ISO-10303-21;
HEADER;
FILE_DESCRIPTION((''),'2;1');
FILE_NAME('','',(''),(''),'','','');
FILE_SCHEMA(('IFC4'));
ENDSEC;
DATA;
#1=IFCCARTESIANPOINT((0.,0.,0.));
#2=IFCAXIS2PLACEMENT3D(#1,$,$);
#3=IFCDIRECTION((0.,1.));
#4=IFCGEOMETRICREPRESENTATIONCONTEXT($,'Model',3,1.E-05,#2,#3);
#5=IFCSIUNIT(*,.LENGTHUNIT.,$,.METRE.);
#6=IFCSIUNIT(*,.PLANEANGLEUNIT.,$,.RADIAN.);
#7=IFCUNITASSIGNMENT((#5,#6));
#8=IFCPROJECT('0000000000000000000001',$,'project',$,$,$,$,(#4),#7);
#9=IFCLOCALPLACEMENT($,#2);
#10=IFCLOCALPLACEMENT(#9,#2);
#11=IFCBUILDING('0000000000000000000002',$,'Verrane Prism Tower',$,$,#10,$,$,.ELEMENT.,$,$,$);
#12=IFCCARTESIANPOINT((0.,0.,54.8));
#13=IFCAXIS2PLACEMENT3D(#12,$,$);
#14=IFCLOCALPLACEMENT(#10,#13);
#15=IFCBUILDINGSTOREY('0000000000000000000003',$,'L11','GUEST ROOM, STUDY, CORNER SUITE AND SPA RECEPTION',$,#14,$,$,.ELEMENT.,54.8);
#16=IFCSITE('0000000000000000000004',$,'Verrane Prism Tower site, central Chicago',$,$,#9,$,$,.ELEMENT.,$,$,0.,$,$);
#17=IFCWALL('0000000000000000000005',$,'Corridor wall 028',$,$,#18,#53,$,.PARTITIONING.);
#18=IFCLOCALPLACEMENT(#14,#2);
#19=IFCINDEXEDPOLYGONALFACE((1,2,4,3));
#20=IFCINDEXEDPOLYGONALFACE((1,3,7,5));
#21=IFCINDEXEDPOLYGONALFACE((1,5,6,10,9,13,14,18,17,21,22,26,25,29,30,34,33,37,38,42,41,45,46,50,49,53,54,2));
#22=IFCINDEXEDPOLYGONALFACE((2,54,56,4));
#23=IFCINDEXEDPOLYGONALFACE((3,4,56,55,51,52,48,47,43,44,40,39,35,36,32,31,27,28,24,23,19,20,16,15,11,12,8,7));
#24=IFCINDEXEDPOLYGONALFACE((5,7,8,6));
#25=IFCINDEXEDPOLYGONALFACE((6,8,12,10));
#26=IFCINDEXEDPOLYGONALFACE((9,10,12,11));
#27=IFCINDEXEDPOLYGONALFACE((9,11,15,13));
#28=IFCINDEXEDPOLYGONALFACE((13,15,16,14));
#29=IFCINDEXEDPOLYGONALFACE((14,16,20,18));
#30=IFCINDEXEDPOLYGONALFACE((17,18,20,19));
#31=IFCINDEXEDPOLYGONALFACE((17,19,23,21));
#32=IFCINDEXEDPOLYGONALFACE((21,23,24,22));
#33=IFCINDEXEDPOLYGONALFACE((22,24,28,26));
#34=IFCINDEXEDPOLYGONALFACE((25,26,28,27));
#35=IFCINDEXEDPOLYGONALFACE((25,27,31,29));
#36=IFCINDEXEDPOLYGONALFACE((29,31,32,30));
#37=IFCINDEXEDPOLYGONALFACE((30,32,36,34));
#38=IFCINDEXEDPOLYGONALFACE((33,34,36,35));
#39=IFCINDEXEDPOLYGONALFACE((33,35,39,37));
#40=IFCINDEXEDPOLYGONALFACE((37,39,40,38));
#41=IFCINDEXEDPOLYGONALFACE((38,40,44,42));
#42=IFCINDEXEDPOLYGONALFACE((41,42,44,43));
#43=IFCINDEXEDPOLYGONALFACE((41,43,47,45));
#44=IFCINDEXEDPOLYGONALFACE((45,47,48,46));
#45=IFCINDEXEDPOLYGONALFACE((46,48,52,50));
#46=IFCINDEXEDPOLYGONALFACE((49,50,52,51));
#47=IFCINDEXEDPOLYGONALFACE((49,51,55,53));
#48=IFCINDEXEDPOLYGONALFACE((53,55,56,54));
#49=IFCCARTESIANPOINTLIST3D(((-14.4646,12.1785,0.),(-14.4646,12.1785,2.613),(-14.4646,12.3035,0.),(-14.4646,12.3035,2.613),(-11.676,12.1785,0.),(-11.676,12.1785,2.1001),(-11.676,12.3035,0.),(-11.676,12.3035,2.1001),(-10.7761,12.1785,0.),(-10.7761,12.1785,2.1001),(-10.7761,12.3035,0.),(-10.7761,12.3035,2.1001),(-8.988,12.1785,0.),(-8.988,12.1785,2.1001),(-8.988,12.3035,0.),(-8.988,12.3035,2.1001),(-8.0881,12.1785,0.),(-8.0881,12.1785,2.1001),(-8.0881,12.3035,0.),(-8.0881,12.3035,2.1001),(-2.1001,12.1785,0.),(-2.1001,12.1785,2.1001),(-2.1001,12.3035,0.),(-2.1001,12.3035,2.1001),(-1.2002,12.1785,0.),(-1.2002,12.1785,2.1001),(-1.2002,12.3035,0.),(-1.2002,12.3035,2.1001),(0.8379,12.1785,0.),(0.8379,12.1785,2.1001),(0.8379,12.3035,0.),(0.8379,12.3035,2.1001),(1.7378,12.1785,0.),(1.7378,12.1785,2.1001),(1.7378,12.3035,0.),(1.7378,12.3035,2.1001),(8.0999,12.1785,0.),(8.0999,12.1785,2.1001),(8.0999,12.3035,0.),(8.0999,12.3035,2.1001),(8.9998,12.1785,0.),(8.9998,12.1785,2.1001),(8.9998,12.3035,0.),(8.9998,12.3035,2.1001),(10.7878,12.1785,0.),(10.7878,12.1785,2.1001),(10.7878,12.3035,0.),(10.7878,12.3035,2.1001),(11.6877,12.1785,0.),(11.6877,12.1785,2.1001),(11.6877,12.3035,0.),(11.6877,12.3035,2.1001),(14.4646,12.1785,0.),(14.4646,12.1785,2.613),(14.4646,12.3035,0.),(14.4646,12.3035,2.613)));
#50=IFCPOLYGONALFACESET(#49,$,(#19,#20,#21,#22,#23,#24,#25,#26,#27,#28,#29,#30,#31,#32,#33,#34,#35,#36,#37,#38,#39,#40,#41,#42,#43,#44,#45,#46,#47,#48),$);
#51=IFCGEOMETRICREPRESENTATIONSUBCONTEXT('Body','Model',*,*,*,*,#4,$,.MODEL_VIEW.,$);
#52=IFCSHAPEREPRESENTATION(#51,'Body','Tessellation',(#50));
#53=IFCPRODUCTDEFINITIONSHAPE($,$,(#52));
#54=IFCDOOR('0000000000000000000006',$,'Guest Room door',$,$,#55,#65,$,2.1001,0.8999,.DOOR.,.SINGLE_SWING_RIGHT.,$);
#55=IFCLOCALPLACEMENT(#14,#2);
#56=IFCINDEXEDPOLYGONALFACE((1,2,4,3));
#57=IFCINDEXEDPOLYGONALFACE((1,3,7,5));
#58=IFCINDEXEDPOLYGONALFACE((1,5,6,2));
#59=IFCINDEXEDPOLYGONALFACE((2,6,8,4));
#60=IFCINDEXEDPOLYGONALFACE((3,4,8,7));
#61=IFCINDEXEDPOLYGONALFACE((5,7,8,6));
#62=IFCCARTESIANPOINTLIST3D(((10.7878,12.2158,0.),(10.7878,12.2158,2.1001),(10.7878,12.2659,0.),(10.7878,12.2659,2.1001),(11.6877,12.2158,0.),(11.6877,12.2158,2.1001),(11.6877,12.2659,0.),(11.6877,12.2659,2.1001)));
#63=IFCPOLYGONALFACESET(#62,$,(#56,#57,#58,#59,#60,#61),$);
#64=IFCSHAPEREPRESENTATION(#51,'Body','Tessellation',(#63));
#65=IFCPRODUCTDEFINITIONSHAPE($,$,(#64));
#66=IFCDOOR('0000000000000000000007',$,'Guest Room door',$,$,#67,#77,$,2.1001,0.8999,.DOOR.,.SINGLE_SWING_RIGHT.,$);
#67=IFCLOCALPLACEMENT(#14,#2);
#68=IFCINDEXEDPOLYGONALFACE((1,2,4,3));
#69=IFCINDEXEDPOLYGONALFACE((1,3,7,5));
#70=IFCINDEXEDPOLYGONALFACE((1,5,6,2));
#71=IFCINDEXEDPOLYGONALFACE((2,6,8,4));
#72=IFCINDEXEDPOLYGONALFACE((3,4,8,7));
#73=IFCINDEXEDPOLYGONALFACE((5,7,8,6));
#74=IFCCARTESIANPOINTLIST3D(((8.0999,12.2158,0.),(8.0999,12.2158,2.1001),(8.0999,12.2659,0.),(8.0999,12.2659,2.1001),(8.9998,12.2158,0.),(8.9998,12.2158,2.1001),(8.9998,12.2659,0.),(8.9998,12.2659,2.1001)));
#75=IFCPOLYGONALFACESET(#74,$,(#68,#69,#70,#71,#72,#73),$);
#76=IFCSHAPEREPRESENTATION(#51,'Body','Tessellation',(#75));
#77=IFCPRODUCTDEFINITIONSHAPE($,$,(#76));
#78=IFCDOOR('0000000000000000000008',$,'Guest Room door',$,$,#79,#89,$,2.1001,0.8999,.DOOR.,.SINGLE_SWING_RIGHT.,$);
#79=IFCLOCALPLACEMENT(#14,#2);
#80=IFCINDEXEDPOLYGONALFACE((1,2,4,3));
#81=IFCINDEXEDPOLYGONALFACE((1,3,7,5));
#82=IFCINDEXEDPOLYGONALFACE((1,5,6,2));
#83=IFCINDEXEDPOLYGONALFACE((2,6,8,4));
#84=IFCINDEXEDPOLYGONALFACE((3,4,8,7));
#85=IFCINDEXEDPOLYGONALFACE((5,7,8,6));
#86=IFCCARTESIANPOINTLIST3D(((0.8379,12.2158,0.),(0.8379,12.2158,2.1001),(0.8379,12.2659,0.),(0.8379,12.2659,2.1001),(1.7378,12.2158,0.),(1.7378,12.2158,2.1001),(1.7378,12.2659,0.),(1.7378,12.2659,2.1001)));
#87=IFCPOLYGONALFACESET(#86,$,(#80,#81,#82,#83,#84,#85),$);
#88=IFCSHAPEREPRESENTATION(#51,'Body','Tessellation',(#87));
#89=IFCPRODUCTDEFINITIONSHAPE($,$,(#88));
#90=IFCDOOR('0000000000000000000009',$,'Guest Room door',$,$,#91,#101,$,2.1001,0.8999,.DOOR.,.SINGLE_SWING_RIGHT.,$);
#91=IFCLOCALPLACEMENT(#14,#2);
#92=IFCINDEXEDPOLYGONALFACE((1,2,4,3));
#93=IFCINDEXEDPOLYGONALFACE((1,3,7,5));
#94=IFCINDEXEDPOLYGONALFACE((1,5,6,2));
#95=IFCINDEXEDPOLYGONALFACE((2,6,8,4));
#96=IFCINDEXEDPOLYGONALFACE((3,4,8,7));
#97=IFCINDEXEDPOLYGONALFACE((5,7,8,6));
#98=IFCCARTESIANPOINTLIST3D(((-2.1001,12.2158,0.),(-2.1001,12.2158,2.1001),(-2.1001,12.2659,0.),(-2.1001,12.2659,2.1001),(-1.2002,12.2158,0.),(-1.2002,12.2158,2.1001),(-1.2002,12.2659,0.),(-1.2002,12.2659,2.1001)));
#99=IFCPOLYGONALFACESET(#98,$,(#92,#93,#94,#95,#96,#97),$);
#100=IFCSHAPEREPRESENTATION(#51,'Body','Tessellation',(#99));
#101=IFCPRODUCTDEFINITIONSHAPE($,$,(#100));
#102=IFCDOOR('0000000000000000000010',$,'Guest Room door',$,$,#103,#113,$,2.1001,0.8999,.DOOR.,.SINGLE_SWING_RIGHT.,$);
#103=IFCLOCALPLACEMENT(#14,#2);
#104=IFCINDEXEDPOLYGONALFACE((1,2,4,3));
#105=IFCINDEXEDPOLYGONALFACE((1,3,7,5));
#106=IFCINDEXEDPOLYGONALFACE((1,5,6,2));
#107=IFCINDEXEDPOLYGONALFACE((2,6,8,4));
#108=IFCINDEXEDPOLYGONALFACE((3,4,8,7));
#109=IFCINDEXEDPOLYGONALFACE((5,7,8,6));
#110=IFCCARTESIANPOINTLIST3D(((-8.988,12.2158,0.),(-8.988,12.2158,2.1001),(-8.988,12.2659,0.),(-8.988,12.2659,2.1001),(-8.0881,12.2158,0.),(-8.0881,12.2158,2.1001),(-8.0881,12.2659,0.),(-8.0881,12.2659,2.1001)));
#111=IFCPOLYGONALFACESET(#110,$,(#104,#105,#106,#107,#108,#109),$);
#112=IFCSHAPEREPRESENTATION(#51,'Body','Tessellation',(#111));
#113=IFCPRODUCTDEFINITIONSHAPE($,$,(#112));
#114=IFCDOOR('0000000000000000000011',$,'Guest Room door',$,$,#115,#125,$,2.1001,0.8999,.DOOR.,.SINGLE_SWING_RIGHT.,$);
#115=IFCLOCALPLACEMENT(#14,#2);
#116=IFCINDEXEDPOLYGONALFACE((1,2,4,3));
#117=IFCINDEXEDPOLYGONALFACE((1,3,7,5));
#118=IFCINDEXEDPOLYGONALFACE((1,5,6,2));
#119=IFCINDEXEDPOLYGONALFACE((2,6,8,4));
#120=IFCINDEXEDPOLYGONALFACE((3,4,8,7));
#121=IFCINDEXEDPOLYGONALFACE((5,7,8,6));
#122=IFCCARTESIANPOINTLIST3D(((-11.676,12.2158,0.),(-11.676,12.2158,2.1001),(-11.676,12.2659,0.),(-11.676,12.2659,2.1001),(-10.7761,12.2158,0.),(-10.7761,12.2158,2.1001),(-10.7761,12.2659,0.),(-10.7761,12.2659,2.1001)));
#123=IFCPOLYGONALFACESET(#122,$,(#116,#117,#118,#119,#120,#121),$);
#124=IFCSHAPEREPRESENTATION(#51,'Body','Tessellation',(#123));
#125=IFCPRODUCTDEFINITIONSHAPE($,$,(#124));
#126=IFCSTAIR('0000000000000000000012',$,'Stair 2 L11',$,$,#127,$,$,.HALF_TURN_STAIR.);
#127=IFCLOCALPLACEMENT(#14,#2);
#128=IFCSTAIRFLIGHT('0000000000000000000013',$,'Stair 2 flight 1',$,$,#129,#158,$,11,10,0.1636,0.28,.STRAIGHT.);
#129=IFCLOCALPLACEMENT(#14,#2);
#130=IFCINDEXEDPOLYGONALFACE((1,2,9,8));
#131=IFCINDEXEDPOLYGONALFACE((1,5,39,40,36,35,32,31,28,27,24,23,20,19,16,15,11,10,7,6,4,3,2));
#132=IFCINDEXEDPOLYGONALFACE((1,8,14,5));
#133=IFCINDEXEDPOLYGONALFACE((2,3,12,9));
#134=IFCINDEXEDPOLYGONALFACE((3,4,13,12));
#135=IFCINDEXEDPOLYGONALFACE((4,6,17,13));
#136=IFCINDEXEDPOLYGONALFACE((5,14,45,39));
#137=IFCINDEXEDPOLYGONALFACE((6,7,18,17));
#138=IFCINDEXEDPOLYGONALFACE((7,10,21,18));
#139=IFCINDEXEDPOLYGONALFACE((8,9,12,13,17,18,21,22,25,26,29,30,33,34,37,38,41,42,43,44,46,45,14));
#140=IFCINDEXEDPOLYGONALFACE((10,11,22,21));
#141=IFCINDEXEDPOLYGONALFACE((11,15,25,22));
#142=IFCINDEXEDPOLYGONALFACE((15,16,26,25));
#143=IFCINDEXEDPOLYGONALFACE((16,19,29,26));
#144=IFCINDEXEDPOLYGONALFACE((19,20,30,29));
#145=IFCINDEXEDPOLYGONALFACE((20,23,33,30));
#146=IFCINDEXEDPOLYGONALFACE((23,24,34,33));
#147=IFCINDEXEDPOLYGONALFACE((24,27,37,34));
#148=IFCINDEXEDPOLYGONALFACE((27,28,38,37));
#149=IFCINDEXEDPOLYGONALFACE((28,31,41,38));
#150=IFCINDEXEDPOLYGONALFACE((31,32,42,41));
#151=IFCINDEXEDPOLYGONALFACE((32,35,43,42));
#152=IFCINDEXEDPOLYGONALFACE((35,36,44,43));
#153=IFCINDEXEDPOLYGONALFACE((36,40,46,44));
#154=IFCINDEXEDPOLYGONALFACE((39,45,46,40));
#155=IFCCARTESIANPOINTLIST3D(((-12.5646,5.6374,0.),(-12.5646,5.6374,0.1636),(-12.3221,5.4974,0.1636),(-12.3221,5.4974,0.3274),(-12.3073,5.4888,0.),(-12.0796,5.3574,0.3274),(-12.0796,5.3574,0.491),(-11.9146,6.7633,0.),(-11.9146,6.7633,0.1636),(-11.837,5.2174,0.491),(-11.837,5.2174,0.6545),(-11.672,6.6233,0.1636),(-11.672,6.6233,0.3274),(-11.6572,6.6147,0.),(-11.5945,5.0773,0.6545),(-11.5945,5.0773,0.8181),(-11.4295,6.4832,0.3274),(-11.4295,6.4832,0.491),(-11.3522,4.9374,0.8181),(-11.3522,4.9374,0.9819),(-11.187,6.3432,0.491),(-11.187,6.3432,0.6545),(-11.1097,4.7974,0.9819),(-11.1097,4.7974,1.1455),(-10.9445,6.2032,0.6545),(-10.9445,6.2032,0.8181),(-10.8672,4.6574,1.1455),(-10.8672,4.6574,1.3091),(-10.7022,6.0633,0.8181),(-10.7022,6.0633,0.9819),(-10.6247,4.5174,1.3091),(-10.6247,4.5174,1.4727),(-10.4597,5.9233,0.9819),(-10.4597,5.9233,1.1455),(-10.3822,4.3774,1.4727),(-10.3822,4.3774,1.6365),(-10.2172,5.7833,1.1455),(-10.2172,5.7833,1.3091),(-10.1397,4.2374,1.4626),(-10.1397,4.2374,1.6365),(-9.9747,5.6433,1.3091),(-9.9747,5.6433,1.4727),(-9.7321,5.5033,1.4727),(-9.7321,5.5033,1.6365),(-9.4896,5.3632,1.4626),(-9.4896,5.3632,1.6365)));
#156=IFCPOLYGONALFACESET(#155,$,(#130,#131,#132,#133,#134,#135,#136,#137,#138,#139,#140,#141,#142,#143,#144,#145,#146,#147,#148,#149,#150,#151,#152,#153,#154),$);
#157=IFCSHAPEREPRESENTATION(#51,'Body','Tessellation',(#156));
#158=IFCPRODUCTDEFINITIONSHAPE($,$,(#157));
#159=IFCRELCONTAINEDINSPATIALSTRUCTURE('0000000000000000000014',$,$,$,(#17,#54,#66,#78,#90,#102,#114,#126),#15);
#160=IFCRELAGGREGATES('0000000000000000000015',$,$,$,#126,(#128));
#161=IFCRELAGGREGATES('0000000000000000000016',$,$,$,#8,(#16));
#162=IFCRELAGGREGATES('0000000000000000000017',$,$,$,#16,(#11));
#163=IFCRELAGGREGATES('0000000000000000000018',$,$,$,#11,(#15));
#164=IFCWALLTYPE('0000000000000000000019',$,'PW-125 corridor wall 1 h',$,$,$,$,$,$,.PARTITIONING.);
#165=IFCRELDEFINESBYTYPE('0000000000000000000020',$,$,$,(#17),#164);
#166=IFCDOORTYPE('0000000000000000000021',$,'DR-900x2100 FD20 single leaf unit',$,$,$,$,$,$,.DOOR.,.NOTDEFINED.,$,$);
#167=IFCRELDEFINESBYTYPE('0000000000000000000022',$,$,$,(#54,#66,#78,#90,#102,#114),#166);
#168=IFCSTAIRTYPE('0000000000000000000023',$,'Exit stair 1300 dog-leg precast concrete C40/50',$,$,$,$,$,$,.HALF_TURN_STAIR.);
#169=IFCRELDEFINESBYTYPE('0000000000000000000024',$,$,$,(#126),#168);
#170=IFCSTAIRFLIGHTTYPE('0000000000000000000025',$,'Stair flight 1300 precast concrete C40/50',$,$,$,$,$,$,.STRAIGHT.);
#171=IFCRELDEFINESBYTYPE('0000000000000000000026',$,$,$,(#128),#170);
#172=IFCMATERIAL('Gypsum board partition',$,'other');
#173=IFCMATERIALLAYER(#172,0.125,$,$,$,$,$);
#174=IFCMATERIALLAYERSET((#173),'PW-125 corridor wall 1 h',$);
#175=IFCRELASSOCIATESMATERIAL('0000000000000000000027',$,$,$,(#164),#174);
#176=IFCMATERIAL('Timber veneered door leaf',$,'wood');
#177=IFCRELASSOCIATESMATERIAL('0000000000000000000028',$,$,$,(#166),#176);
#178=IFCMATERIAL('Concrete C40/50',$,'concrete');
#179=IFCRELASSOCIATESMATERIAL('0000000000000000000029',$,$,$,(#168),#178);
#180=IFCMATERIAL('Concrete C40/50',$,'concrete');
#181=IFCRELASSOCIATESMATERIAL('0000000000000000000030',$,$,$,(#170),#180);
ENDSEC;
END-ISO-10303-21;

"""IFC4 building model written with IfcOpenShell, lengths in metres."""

from ifc_helpers import new_model, si_unit, direction, frame, frame_2d, origin, place, context, subcontext, project, spatial, polyline, rectangle, outline, extrude, material, layer, layer_set, type_object, element, fill, aggregate, save


model = new_model("IFC4")

# Units and contexts
model_context = context("Model", 3, precision=1e-05, world=origin(), true_north=direction((0.0, 1.0)))
body_context = subcontext(model_context, "Body", "Model", "MODEL_VIEW")
ifc_project = project(units=[si_unit("LENGTHUNIT", "METRE"), si_unit("PLANEANGLEUNIT", "RADIAN")], contexts=[model_context])

# Site, building, storey
site_placement = place(None, origin())
site = spatial("IfcSite", under=ifc_project, at=site_placement, Name="Verrane Prism Tower site, central Chicago", CompositionType="ELEMENT", RefElevation=0.0)
building_placement = place(site_placement, origin())
building = spatial("IfcBuilding", under=site, at=building_placement, Name="Verrane Prism Tower", CompositionType="ELEMENT")
storey_placement = place(building_placement, frame((0.0, 0.0, 54.8)))
storey = spatial("IfcBuildingStorey", under=building, at=storey_placement, Name="L11", Description="GUEST ROOM, STUDY, CORNER SUITE AND SPA RECEPTION", CompositionType="ELEMENT", Elevation=54.8)

# Wall, openings, doors
ifc_material_1 = material(Name="Gypsum board partition", Category="other")
ifc_layer_1 = layer(ifc_material_1, 0.125)
ifc_layer_set_1 = layer_set([ifc_layer_1], Name="PW-125 corridor wall 1 h")
wall_type_1 = type_object("IfcWallType", Name="PW-125 corridor wall 1 h", PredefinedType="PARTITIONING", material=ifc_layer_set_1)
wall_1_placement = place(storey_placement, frame((-14.4646, 12.241, 0.0), z_axis=(0.0, 0.0, 1.0), x_axis=(1.0, 0.0, 0.0)))
wall_1 = element("IfcWall", 1, at=wall_1_placement, inside=storey, type_object=wall_type_1, Name="Corridor wall 028", PredefinedType="PARTITIONING", context=body_context, shape_type="SweptSolid", body=[
    extrude(rectangle(XDim=28.9292, YDim=0.125, at=frame_2d((14.4646, 0.0))), origin(), (0.0, 0.0, 1.0), 2.613),
])
opening_1_placement = place(wall_1_placement, frame((25.2524, 0.0, 0.0)))
opening_1 = element("IfcOpeningElement", 2, at=opening_1_placement, cuts=wall_1, PredefinedType="OPENING", context=body_context, shape_type="SweptSolid", body=[
    extrude(rectangle(XDim=0.8999, YDim=2.1001, at=frame_2d((0.45, 1.05))), frame((0.0, 0.0725, 0.0), z_axis=(0.0, -1.0, 0.0), x_axis=(1.0, 0.0, 0.0)), (0.0, 0.0, 1.0), 0.145),
])
opening_2_placement = place(wall_1_placement, frame((22.5645, 0.0, 0.0)))
opening_2 = element("IfcOpeningElement", 3, at=opening_2_placement, cuts=wall_1, PredefinedType="OPENING", context=body_context, shape_type="SweptSolid", body=[
    extrude(rectangle(XDim=0.8999, YDim=2.1001, at=frame_2d((0.45, 1.05))), frame((0.0, 0.0725, 0.0), z_axis=(0.0, -1.0, 0.0), x_axis=(1.0, 0.0, 0.0)), (0.0, 0.0, 1.0), 0.145),
])
opening_3_placement = place(wall_1_placement, frame((15.3025, 0.0, 0.0)))
opening_3 = element("IfcOpeningElement", 4, at=opening_3_placement, cuts=wall_1, PredefinedType="OPENING", context=body_context, shape_type="SweptSolid", body=[
    extrude(rectangle(XDim=0.8999, YDim=2.1001, at=frame_2d((0.45, 1.05))), frame((0.0, 0.0725, 0.0), z_axis=(0.0, -1.0, 0.0), x_axis=(1.0, 0.0, 0.0)), (0.0, 0.0, 1.0), 0.145),
])
opening_4_placement = place(wall_1_placement, frame((12.3645, 0.0, 0.0)))
opening_4 = element("IfcOpeningElement", 5, at=opening_4_placement, cuts=wall_1, PredefinedType="OPENING", context=body_context, shape_type="SweptSolid", body=[
    extrude(rectangle(XDim=0.8999, YDim=2.1001, at=frame_2d((0.45, 1.05))), frame((0.0, 0.0725, 0.0), z_axis=(0.0, -1.0, 0.0), x_axis=(1.0, 0.0, 0.0)), (0.0, 0.0, 1.0), 0.145),
])
opening_5_placement = place(wall_1_placement, frame((5.4766, 0.0, 0.0)))
opening_5 = element("IfcOpeningElement", 6, at=opening_5_placement, cuts=wall_1, PredefinedType="OPENING", context=body_context, shape_type="SweptSolid", body=[
    extrude(rectangle(XDim=0.8999, YDim=2.1001, at=frame_2d((0.45, 1.05))), frame((0.0, 0.0725, 0.0), z_axis=(0.0, -1.0, 0.0), x_axis=(1.0, 0.0, 0.0)), (0.0, 0.0, 1.0), 0.145),
])
opening_6_placement = place(wall_1_placement, frame((2.7886, 0.0, 0.0)))
opening_6 = element("IfcOpeningElement", 7, at=opening_6_placement, cuts=wall_1, PredefinedType="OPENING", context=body_context, shape_type="SweptSolid", body=[
    extrude(rectangle(XDim=0.8999, YDim=2.1001, at=frame_2d((0.45, 1.05))), frame((0.0, 0.0725, 0.0), z_axis=(0.0, -1.0, 0.0), x_axis=(1.0, 0.0, 0.0)), (0.0, 0.0, 1.0), 0.145),
])
ifc_material_2 = material(Name="Timber veneered door leaf", Category="wood")
door_type = type_object("IfcDoorType", Name="DR-900x2100 FD20 single leaf unit", OperationType="NOTDEFINED", PredefinedType="DOOR", material=ifc_material_2)
door_1_placement = place(opening_1_placement, origin())
door_1 = element("IfcDoor", 8, at=door_1_placement, inside=storey, type_object=door_type, Name="Guest Room door", OperationType="SINGLE_SWING_RIGHT", OverallHeight=2.1001, OverallWidth=0.8999, PredefinedType="DOOR", context=body_context, shape_type="SweptSolid", body=[
    extrude(rectangle(XDim=0.8999, YDim=2.1001, at=frame_2d((0.45, 1.05))), frame((0.0, 0.0249, 0.0), z_axis=(0.0, -1.0, 0.0), x_axis=(1.0, 0.0, 0.0)), (0.0, 0.0, 1.0), 0.05),
])
fill(opening_1, door_1)
door_2_placement = place(opening_2_placement, origin())
door_2 = element("IfcDoor", 9, at=door_2_placement, inside=storey, type_object=door_type, Name="Guest Room door", OperationType="SINGLE_SWING_RIGHT", OverallHeight=2.1001, OverallWidth=0.8999, PredefinedType="DOOR", context=body_context, shape_type="SweptSolid", body=[
    extrude(rectangle(XDim=0.8999, YDim=2.1001, at=frame_2d((0.45, 1.05))), frame((0.0, 0.0249, 0.0), z_axis=(0.0, -1.0, 0.0), x_axis=(1.0, 0.0, 0.0)), (0.0, 0.0, 1.0), 0.05),
])
fill(opening_2, door_2)
door_3_placement = place(opening_3_placement, origin())
door_3 = element("IfcDoor", 10, at=door_3_placement, inside=storey, type_object=door_type, Name="Guest Room door", OperationType="SINGLE_SWING_RIGHT", OverallHeight=2.1001, OverallWidth=0.8999, PredefinedType="DOOR", context=body_context, shape_type="SweptSolid", body=[
    extrude(rectangle(XDim=0.8999, YDim=2.1001, at=frame_2d((0.45, 1.05))), frame((0.0, 0.0249, 0.0), z_axis=(0.0, -1.0, 0.0), x_axis=(1.0, 0.0, 0.0)), (0.0, 0.0, 1.0), 0.05),
])
fill(opening_3, door_3)
door_4_placement = place(opening_4_placement, origin())
door_4 = element("IfcDoor", 11, at=door_4_placement, inside=storey, type_object=door_type, Name="Guest Room door", OperationType="SINGLE_SWING_RIGHT", OverallHeight=2.1001, OverallWidth=0.8999, PredefinedType="DOOR", context=body_context, shape_type="SweptSolid", body=[
    extrude(rectangle(XDim=0.8999, YDim=2.1001, at=frame_2d((0.45, 1.05))), frame((0.0, 0.0249, 0.0), z_axis=(0.0, -1.0, 0.0), x_axis=(1.0, 0.0, 0.0)), (0.0, 0.0, 1.0), 0.05),
])
fill(opening_4, door_4)
door_5_placement = place(opening_5_placement, origin())
door_5 = element("IfcDoor", 12, at=door_5_placement, inside=storey, type_object=door_type, Name="Guest Room door", OperationType="SINGLE_SWING_RIGHT", OverallHeight=2.1001, OverallWidth=0.8999, PredefinedType="DOOR", context=body_context, shape_type="SweptSolid", body=[
    extrude(rectangle(XDim=0.8999, YDim=2.1001, at=frame_2d((0.45, 1.05))), frame((0.0, 0.0249, 0.0), z_axis=(0.0, -1.0, 0.0), x_axis=(1.0, 0.0, 0.0)), (0.0, 0.0, 1.0), 0.05),
])
fill(opening_5, door_5)
door_6_placement = place(opening_6_placement, origin())
door_6 = element("IfcDoor", 13, at=door_6_placement, inside=storey, type_object=door_type, Name="Guest Room door", OperationType="SINGLE_SWING_RIGHT", OverallHeight=2.1001, OverallWidth=0.8999, PredefinedType="DOOR", context=body_context, shape_type="SweptSolid", body=[
    extrude(rectangle(XDim=0.8999, YDim=2.1001, at=frame_2d((0.45, 1.05))), frame((0.0, 0.0249, 0.0), z_axis=(0.0, -1.0, 0.0), x_axis=(1.0, 0.0, 0.0)), (0.0, 0.0, 1.0), 0.05),
])
fill(opening_6, door_6)

# Stair, stair flight
ifc_material_3 = material(Name="Concrete C40/50", Category="concrete")
stair_type = type_object("IfcStairType", Name="Exit stair 1300 dog-leg precast concrete C40/50", PredefinedType="HALF_TURN_STAIR", material=ifc_material_3)
stair_placement = place(storey_placement, origin())
stair = element("IfcStair", 14, at=stair_placement, inside=storey, type_object=stair_type, Name="Stair 2 L11", PredefinedType="HALF_TURN_STAIR")
ifc_material_4 = material(Name="Concrete C40/50", Category="concrete")
stair_flight_type = type_object("IfcStairFlightType", Name="Stair flight 1300 precast concrete C40/50", PredefinedType="STRAIGHT", material=ifc_material_4)
stair_flight_1_placement = place(storey_placement, frame((-12.2395, 6.2004, 0.0), z_axis=(0.0, 0.0, 1.0), x_axis=(0.866025, -0.5, 0.0)))
stair_flight_1 = element("IfcStairFlight", 15, at=stair_flight_1_placement, type_object=stair_flight_type, Name="Stair 2 flight 1", NumberOfRisers=11, NumberOfTreads=10, PredefinedType="STRAIGHT", RiserHeight=0.1636, TreadLength=0.28, context=body_context, shape_type="SweptSolid", body=[
    extrude(outline(polyline([(0.0, 0.0), (0.0, 0.1636), (0.28, 0.1636), (0.28, 0.3274), (0.5601, 0.3274), (0.5601, 0.491), (0.8401, 0.491), (0.8401, 0.6545), (1.1201, 0.6545), (1.1201, 0.8181), (1.3999, 0.8181), (1.3999, 0.9819), (1.6799, 0.9819), (1.6799, 1.1455), (1.96, 1.1455), (1.96, 1.3091), (2.24, 1.3091), (2.24, 1.4727), (2.52, 1.4727), (2.52, 1.6365), (2.8, 1.6365), (2.8, 1.8), (2.8, 1.4626), (0.2971, 0.0), (0.0, 0.0)])), frame((0.0, 0.6499, 0.0), z_axis=(0.0, -1.0, 0.0), x_axis=(1.0, 0.0, 0.0)), (0.0, 0.0, 1.0), 1.3),
])
aggregate(stair, [stair_flight_1])

save(model, "model.ifc")
